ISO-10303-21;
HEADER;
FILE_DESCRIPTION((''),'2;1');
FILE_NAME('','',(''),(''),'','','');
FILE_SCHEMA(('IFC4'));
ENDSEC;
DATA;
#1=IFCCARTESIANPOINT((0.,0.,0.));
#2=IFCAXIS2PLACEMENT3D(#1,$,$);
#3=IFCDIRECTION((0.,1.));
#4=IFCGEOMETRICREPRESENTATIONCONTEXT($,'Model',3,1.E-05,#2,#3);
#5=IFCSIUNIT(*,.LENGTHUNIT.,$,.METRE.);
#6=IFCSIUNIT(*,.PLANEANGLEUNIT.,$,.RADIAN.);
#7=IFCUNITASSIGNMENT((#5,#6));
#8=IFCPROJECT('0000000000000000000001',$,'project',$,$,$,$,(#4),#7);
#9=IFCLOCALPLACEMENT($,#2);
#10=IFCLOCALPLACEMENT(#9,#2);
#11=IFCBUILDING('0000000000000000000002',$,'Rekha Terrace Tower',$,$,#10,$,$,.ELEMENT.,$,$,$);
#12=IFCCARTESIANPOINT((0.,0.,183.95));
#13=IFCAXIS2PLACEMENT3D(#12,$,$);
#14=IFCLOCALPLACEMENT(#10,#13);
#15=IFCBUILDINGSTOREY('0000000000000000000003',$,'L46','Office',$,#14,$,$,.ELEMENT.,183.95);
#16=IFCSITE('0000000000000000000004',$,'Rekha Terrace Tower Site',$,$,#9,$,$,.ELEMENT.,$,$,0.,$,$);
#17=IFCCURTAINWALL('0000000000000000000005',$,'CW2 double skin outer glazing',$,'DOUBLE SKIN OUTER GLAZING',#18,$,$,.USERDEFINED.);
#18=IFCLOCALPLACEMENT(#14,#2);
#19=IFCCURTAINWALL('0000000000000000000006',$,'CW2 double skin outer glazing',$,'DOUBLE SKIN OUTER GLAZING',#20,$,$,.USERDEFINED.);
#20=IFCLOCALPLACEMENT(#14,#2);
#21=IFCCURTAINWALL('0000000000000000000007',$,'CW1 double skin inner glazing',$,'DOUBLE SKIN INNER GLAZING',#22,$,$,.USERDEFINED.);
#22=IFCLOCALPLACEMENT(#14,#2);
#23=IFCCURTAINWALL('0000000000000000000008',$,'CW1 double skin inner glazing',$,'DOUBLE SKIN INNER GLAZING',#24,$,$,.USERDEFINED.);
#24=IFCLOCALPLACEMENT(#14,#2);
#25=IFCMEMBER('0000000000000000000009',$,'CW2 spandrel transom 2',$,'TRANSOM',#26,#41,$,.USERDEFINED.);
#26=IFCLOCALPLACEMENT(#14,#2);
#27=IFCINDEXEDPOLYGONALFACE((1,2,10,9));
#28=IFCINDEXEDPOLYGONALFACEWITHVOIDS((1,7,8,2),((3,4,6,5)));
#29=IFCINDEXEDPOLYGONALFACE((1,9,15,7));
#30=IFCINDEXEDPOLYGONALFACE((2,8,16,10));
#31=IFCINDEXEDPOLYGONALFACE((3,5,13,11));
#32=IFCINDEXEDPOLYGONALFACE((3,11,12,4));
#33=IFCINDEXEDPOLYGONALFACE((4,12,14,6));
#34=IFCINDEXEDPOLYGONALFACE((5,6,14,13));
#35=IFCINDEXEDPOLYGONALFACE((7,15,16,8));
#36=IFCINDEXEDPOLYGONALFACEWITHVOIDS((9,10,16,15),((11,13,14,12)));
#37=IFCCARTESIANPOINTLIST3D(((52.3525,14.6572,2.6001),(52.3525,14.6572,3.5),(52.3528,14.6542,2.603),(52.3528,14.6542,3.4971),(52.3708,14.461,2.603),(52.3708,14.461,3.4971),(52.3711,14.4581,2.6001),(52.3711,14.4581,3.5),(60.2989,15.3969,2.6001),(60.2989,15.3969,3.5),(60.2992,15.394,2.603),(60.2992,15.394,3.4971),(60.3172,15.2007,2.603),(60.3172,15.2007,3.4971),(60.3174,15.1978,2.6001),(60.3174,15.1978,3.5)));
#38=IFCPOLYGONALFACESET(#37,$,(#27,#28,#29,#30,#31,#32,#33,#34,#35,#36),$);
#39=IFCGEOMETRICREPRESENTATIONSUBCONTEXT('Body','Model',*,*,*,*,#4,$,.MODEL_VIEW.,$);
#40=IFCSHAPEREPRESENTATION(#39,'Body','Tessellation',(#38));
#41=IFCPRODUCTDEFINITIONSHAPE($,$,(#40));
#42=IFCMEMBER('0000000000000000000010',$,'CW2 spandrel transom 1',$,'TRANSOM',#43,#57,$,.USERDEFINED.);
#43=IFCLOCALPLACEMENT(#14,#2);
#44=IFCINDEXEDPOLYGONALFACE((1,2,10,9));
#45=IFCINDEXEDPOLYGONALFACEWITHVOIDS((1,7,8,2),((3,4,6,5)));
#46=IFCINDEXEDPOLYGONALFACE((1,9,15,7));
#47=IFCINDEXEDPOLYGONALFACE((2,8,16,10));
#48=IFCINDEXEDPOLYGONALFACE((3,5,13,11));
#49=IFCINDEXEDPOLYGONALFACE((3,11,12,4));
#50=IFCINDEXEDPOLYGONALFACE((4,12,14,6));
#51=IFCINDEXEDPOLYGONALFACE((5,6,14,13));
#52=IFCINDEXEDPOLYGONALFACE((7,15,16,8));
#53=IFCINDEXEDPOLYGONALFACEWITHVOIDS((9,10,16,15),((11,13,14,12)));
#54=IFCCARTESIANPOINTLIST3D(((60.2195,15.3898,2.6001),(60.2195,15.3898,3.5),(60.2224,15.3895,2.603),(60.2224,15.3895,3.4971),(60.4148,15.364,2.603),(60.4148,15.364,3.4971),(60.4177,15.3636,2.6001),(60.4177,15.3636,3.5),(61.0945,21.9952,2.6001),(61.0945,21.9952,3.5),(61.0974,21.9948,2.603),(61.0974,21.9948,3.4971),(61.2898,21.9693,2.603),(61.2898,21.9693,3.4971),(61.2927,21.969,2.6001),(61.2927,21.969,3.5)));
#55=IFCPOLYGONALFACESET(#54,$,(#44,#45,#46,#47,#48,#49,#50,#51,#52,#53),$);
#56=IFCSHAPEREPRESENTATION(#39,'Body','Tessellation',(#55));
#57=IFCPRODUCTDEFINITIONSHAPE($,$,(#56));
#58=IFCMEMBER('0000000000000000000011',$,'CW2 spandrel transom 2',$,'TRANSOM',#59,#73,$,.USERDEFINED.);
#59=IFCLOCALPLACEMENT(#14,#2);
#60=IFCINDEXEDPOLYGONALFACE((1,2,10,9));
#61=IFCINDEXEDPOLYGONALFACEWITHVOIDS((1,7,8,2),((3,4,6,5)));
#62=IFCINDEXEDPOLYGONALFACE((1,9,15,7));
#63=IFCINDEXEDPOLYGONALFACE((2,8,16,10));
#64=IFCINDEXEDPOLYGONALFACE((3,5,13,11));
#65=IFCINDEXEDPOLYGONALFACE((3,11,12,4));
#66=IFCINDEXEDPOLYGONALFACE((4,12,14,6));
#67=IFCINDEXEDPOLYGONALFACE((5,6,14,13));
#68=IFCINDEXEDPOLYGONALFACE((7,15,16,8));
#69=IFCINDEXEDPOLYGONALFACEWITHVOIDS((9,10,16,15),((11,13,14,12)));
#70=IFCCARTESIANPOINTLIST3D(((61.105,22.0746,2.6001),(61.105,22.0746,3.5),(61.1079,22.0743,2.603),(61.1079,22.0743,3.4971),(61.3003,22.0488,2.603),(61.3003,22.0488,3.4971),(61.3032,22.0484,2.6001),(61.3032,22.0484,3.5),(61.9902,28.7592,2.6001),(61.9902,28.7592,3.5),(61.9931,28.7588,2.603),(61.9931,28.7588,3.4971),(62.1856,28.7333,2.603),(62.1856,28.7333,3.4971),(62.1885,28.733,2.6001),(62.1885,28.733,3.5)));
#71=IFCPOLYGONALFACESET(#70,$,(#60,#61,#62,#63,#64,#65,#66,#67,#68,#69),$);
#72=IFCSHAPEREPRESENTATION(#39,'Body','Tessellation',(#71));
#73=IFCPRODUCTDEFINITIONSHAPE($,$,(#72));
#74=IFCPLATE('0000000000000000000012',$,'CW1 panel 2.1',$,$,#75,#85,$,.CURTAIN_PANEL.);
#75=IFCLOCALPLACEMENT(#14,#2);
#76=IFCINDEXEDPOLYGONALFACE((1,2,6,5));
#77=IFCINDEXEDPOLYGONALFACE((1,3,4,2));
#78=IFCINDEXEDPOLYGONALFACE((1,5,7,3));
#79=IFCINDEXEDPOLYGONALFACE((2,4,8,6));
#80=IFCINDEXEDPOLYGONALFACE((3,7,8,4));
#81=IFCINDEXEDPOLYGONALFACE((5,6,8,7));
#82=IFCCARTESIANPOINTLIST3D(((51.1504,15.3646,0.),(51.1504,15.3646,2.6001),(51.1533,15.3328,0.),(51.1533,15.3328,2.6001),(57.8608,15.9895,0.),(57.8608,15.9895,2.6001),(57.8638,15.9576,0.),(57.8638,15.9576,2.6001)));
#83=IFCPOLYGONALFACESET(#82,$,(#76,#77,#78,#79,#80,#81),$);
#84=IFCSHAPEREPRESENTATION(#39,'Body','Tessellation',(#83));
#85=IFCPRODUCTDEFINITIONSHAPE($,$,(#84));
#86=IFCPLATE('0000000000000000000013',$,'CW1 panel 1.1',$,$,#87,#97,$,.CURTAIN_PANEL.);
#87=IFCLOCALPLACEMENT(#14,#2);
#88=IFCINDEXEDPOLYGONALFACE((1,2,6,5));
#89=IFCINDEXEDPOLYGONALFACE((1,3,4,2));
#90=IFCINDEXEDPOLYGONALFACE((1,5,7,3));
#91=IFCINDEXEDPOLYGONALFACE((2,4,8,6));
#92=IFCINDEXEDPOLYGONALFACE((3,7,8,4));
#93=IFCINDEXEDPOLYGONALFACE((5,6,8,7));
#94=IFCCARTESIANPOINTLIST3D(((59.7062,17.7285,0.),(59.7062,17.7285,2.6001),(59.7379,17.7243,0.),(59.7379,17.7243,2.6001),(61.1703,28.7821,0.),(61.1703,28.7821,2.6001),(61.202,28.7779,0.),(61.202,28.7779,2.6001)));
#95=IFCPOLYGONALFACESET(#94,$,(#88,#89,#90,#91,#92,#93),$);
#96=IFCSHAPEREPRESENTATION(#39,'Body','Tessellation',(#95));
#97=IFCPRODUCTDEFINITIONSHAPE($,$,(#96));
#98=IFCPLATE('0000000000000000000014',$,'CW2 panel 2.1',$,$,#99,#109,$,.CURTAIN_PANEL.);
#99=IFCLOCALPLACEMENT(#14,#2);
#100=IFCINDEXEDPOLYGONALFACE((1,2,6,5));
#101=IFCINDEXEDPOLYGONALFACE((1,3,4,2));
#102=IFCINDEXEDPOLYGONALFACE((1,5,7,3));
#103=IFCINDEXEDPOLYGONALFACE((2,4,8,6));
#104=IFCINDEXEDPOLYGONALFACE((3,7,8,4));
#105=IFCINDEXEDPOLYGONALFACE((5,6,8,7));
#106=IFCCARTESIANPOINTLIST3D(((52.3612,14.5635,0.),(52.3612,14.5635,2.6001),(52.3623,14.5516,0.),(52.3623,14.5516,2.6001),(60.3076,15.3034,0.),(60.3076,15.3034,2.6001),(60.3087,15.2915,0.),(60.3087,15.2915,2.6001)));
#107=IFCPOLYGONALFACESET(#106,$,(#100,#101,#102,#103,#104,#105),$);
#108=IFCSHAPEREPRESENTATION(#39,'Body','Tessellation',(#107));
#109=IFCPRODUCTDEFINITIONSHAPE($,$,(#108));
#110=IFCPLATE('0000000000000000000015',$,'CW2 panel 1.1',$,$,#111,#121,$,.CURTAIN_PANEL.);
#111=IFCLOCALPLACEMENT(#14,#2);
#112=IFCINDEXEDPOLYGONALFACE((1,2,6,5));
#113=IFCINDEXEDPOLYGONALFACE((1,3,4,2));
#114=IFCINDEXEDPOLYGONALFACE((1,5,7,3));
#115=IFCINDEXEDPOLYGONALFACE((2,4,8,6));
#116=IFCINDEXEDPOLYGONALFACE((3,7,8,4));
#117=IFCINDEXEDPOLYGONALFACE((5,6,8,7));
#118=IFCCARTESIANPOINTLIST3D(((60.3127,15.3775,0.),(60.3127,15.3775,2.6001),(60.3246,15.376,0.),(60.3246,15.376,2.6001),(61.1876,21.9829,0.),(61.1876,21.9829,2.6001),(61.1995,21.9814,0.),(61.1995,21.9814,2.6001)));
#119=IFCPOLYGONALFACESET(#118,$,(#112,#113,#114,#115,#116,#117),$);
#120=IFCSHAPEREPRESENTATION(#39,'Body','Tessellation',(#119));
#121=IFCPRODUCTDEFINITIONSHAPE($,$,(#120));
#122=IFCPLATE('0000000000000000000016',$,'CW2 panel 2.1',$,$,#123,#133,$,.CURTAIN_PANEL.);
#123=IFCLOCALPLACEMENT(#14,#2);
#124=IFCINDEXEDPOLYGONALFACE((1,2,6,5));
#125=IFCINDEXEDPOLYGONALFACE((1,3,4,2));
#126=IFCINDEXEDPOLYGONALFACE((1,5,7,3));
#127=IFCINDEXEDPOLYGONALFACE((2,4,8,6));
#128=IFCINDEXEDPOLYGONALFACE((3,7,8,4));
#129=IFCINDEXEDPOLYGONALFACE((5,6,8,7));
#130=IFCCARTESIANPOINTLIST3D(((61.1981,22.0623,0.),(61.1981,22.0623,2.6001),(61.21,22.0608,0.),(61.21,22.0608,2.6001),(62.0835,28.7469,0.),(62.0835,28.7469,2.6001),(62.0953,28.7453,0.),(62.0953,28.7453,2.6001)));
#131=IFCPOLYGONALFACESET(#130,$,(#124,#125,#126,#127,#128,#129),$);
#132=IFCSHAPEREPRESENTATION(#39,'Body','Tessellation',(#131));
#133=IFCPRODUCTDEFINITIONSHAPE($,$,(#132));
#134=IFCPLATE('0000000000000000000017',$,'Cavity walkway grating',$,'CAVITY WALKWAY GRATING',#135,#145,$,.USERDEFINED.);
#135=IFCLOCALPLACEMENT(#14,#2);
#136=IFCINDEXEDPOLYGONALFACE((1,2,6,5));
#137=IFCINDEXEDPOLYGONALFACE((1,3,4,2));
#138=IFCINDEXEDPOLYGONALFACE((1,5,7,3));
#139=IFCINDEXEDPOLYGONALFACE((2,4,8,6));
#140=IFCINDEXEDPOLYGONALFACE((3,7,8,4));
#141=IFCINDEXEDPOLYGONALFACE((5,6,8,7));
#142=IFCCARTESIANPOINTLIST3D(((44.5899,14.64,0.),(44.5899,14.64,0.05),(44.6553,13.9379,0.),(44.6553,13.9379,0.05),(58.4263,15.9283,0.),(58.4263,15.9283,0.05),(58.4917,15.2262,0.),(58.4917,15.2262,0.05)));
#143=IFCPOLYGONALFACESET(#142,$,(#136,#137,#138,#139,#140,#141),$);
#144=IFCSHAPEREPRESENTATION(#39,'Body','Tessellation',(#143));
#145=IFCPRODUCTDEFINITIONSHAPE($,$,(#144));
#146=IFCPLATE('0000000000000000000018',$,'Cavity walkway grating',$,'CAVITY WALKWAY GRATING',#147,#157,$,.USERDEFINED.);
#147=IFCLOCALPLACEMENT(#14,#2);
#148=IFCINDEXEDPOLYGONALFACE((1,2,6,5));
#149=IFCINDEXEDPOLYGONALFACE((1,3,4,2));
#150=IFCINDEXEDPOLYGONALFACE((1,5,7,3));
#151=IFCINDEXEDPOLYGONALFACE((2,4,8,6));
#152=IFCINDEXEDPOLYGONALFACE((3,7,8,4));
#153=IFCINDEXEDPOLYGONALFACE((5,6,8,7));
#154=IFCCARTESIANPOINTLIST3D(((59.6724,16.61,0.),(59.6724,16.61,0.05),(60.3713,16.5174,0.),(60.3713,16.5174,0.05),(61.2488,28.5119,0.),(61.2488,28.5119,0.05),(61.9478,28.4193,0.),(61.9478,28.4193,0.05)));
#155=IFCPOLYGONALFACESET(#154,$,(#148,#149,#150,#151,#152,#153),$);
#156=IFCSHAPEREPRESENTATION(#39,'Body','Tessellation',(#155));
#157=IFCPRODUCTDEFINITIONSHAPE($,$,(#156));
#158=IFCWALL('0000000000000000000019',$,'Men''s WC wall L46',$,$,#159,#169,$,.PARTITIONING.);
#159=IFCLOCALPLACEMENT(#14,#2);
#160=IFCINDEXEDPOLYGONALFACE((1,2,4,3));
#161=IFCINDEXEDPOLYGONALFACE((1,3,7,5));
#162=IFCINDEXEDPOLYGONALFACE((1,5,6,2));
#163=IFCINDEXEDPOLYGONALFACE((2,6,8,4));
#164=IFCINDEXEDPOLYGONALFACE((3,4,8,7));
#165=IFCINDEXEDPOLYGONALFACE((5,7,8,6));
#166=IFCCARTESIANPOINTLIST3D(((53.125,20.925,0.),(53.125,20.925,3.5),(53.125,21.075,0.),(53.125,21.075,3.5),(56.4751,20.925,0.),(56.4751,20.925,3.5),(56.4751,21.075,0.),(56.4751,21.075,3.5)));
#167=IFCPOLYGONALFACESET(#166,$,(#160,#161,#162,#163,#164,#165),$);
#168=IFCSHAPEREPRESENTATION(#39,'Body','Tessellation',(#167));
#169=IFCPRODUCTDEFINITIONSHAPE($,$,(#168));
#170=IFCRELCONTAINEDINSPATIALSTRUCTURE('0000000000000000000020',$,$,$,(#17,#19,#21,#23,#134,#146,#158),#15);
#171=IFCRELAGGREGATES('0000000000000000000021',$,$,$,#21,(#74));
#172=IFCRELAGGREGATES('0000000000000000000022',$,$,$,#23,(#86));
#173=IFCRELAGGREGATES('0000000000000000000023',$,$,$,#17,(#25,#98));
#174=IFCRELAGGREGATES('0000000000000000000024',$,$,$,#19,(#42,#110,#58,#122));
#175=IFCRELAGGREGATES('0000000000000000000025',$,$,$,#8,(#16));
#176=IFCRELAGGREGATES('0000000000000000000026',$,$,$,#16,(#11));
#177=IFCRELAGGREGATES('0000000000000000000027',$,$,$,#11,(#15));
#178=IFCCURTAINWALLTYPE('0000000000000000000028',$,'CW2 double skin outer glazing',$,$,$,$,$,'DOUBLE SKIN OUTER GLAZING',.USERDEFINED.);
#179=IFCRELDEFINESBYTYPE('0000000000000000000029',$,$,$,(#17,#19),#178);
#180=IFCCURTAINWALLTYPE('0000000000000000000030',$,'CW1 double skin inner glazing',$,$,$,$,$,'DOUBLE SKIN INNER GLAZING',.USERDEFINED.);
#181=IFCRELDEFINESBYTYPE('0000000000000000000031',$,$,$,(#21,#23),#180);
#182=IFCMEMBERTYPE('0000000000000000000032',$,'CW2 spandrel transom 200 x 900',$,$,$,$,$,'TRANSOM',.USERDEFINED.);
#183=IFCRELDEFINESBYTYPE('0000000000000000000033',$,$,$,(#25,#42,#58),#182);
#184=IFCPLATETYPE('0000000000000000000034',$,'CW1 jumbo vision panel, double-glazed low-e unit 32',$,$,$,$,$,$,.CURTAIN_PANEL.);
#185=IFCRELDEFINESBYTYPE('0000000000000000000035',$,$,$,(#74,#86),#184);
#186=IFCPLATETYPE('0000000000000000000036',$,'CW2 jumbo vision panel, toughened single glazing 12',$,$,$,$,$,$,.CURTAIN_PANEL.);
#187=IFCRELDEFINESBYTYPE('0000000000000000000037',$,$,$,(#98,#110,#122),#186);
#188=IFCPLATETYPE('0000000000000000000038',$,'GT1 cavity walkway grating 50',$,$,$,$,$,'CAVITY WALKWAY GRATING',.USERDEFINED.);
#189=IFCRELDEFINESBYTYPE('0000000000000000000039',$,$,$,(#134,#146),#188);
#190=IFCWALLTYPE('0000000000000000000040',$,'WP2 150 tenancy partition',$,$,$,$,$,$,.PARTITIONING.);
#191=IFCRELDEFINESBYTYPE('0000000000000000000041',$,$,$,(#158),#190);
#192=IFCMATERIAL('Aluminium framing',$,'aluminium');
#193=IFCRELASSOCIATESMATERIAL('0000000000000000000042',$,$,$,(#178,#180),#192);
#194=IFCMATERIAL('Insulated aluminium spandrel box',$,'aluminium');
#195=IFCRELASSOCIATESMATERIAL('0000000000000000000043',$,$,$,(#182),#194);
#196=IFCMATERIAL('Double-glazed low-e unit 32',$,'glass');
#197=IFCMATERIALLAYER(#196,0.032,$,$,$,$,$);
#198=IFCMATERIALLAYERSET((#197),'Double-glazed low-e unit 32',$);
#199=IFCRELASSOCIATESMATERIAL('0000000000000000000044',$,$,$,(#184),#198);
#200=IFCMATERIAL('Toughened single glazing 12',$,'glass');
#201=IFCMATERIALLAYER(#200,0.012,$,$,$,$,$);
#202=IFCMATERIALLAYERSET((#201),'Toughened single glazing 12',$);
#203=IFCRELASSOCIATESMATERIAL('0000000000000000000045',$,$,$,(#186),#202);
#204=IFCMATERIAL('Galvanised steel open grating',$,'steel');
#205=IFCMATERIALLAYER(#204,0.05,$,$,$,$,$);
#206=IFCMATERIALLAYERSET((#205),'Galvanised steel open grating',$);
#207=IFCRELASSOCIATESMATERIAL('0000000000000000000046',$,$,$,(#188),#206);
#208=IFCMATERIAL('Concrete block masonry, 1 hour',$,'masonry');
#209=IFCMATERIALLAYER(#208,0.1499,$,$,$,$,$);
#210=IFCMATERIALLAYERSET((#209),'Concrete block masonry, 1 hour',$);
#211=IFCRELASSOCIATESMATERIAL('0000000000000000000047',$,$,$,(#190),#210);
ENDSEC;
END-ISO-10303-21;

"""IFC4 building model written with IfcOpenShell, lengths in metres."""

from ifc_helpers import new_model, si_unit, direction, frame, frame_2d, origin, origin_2d, place, context, subcontext, project, spatial, rectangle, hollow_rectangle, extrude, material, layer, layer_set, material_profile, profile_set, type_object, element, aggregate, save


model = new_model("IFC4")

# Units and contexts
model_context = context("Model", 3, precision=1e-05, world=origin(), true_north=direction((0.0, 1.0)))
body_context = subcontext(model_context, "Body", "Model", "MODEL_VIEW")
ifc_project = project(units=[si_unit("LENGTHUNIT", "METRE"), si_unit("PLANEANGLEUNIT", "RADIAN")], contexts=[model_context])

# Site, building, storey
site_placement = place(None, origin())
site = spatial("IfcSite", under=ifc_project, at=site_placement, Name="Rekha Terrace Tower Site", CompositionType="ELEMENT", RefElevation=0.0)
building_placement = place(site_placement, origin())
building = spatial("IfcBuilding", under=site, at=building_placement, Name="Rekha Terrace Tower", CompositionType="ELEMENT")
storey_placement = place(building_placement, frame((0.0, 0.0, 183.95)))
storey = spatial("IfcBuildingStorey", under=building, at=storey_placement, Name="L46", Description="Office", CompositionType="ELEMENT", Elevation=183.95)

# Curtain walls
ifc_material_1 = material(Name="Aluminium framing", Category="aluminium")
curtain_wall_type_1 = type_object("IfcCurtainWallType", Name="CW2 double skin outer glazing", ElementType="DOUBLE SKIN OUTER GLAZING", PredefinedType="USERDEFINED", material=ifc_material_1)
curtain_wall_1_placement = place(storey_placement, origin())
curtain_wall_1 = element("IfcCurtainWall", 1, at=curtain_wall_1_placement, inside=storey, type_object=curtain_wall_type_1, Name="CW2 double skin outer glazing", ObjectType="DOUBLE SKIN OUTER GLAZING", PredefinedType="USERDEFINED")
curtain_wall_2_placement = place(storey_placement, origin())
curtain_wall_2 = element("IfcCurtainWall", 2, at=curtain_wall_2_placement, inside=storey, type_object=curtain_wall_type_1, Name="CW2 double skin outer glazing", ObjectType="DOUBLE SKIN OUTER GLAZING", PredefinedType="USERDEFINED")
curtain_wall_type_2 = type_object("IfcCurtainWallType", Name="CW1 double skin inner glazing", ElementType="DOUBLE SKIN INNER GLAZING", PredefinedType="USERDEFINED", material=ifc_material_1)
curtain_wall_3_placement = place(storey_placement, origin())
curtain_wall_3 = element("IfcCurtainWall", 3, at=curtain_wall_3_placement, inside=storey, type_object=curtain_wall_type_2, Name="CW1 double skin inner glazing", ObjectType="DOUBLE SKIN INNER GLAZING", PredefinedType="USERDEFINED")
curtain_wall_4_placement = place(storey_placement, origin())
curtain_wall_4 = element("IfcCurtainWall", 4, at=curtain_wall_4_placement, inside=storey, type_object=curtain_wall_type_2, Name="CW1 double skin inner glazing", ObjectType="DOUBLE SKIN INNER GLAZING", PredefinedType="USERDEFINED")

# Members
ifc_material_2 = material(Name="Insulated aluminium spandrel box", Category="aluminium")
ifc_material_profile_1 = material_profile(ifc_material_2, hollow_rectangle(XDim=0.2, YDim=0.8999, WallThickness=0.0029, at=origin_2d()), Name="AL SPANDREL BOX 200x900")
ifc_profile_set_1 = profile_set([ifc_material_profile_1], Name="Insulated aluminium spandrel box")
member_type_1 = type_object("IfcMemberType", Name="CW2 spandrel transom 200 x 900", ElementType="TRANSOM", PredefinedType="USERDEFINED", material=ifc_profile_set_1)
member_1_placement = place(storey_placement, frame((52.3618, 14.5576, 3.05), z_axis=(0.995695, 0.092692, 0.0), x_axis=(-0.092692, 0.995695, 0.0)))
member_1 = element("IfcMember", 5, at=member_1_placement, type_object=member_type_1, Name="CW2 spandrel transom 2", ObjectType="TRANSOM", PredefinedType="USERDEFINED", context=body_context, shape_type="SweptSolid", body=[
    extrude(hollow_rectangle(XDim=0.2, YDim=0.8999, WallThickness=0.0029, at=origin_2d()), origin(), (0.0, 0.0, 1.0), 7.9807),
])
member_2_placement = place(storey_placement, frame((60.3186, 15.3767, 3.05), z_axis=(0.131319, 0.99134, 0.0), x_axis=(-0.99134, 0.131319, 0.0)))
member_2 = element("IfcMember", 6, at=member_2_placement, type_object=member_type_1, Name="CW2 spandrel transom 1", ObjectType="TRANSOM", PredefinedType="USERDEFINED", context=body_context, shape_type="SweptSolid", body=[
    extrude(hollow_rectangle(XDim=0.2, YDim=0.8999, WallThickness=0.0029, at=origin_2d()), origin(), (0.0, 0.0, 1.0), 6.6631),
])
member_3_placement = place(storey_placement, frame((61.2041, 22.0615, 3.05), z_axis=(0.131286, 0.991345, 0.0), x_axis=(-0.991345, 0.131286, 0.0)))
member_3 = element("IfcMember", 7, at=member_3_placement, type_object=member_type_1, Name="CW2 spandrel transom 2", ObjectType="TRANSOM", PredefinedType="USERDEFINED", context=body_context, shape_type="SweptSolid", body=[
    extrude(hollow_rectangle(XDim=0.2, YDim=0.8999, WallThickness=0.0029, at=origin_2d()), origin(), (0.0, 0.0, 1.0), 6.7429),
])

# Plates
ifc_material_3 = material(Name="Double-glazed low-e unit 32", Category="glass")
ifc_layer_1 = layer(ifc_material_3, 0.032)
ifc_layer_set_1 = layer_set([ifc_layer_1], Name="Double-glazed low-e unit 32")
plate_type_1 = type_object("IfcPlateType", Name="CW1 jumbo vision panel, double-glazed low-e unit 32", PredefinedType="CURTAIN_PANEL", material=ifc_layer_set_1)
plate_1_placement = place(storey_placement, frame((54.5071, 15.6611, 0.0), z_axis=(0.0, 0.0, 1.0), x_axis=(0.995693, 0.092709, 0.0)))
plate_1 = element("IfcPlate", 8, at=plate_1_placement, type_object=plate_type_1, Name="CW1 panel 2.1", PredefinedType="CURTAIN_PANEL", context=body_context, shape_type="SweptSolid", body=[
    extrude(rectangle(XDim=6.7395, YDim=0.032, at=origin_2d()), origin(), (0.0, 0.0, 1.0), 2.6001),
])
aggregate(curtain_wall_3, [plate_1])
plate_2_placement = place(storey_placement, frame((60.4541, 23.2532, 0.0), z_axis=(0.0, 0.0, 1.0), x_axis=(0.131304, 0.991342, 0.0)))
plate_2 = element("IfcPlate", 9, at=plate_2_placement, type_object=plate_type_1, Name="CW1 panel 1.1", PredefinedType="CURTAIN_PANEL", context=body_context, shape_type="SweptSolid", body=[
    extrude(rectangle(XDim=11.1501, YDim=0.032, at=origin_2d()), origin(), (0.0, 0.0, 1.0), 2.6001),
])
aggregate(curtain_wall_4, [plate_2])
ifc_material_4 = material(Name="Toughened single glazing 12", Category="glass")
ifc_layer_2 = layer(ifc_material_4, 0.012)
ifc_layer_set_2 = layer_set([ifc_layer_2], Name="Toughened single glazing 12")
plate_type_2 = type_object("IfcPlateType", Name="CW2 jumbo vision panel, toughened single glazing 12", PredefinedType="CURTAIN_PANEL", material=ifc_layer_set_2)
plate_3_placement = place(storey_placement, frame((56.335, 14.9275, 0.0), z_axis=(0.0, 0.0, 1.0), x_axis=(0.995693, 0.092709, 0.0)))
plate_3 = element("IfcPlate", 10, at=plate_3_placement, type_object=plate_type_2, Name="CW2 panel 2.1", PredefinedType="CURTAIN_PANEL", context=body_context, shape_type="SweptSolid", body=[
    extrude(rectangle(XDim=7.9807, YDim=0.012, at=origin_2d()), origin(), (0.0, 0.0, 1.0), 2.6001),
])
aggregate(curtain_wall_1, [member_1, plate_3])
plate_4_placement = place(storey_placement, frame((60.7561, 18.6794, 0.0), z_axis=(0.0, 0.0, 1.0), x_axis=(0.131304, 0.991342, 0.0)))
plate_4 = element("IfcPlate", 11, at=plate_4_placement, type_object=plate_type_2, Name="CW2 panel 1.1", PredefinedType="CURTAIN_PANEL", context=body_context, shape_type="SweptSolid", body=[
    extrude(rectangle(XDim=6.6631, YDim=0.012, at=origin_2d()), origin(), (0.0, 0.0, 1.0), 2.6001),
])
plate_5_placement = place(storey_placement, frame((61.6467, 25.4038, 0.0), z_axis=(0.0, 0.0, 1.0), x_axis=(0.131304, 0.991342, 0.0)))
plate_5 = element("IfcPlate", 12, at=plate_5_placement, type_object=plate_type_2, Name="CW2 panel 2.1", PredefinedType="CURTAIN_PANEL", context=body_context, shape_type="SweptSolid", body=[
    extrude(rectangle(XDim=6.7429, YDim=0.012, at=origin_2d()), origin(), (0.0, 0.0, 1.0), 2.6001),
])
aggregate(curtain_wall_2, [member_2, plate_4, member_3, plate_5])

# Plates
ifc_material_5 = material(Name="Galvanised steel open grating", Category="steel")
ifc_layer_3 = layer(ifc_material_5, 0.05)
ifc_layer_set_3 = layer_set([ifc_layer_3], Name="Galvanised steel open grating")
plate_type_3 = type_object("IfcPlateType", Name="GT1 cavity walkway grating 50", ElementType="CAVITY WALKWAY GRATING", PredefinedType="USERDEFINED", material=ifc_layer_set_3)
plate_6_placement = place(storey_placement, frame((51.5408, 14.9331, 0.0), z_axis=(0.0, 0.0, 1.0), x_axis=(0.995693, 0.092709, 0.0)))
element("IfcPlate", 13, at=plate_6_placement, inside=storey, type_object=plate_type_3, Name="Cavity walkway grating", ObjectType="CAVITY WALKWAY GRATING", PredefinedType="USERDEFINED", context=body_context, shape_type="SweptSolid", body=[
    extrude(rectangle(XDim=13.8962, YDim=0.7051, at=origin_2d()), origin(), (0.0, 0.0, 1.0), 0.05),
])
plate_7_placement = place(storey_placement, frame((60.8101, 22.5146, 0.0), z_axis=(0.0, 0.0, 1.0), x_axis=(0.131304, 0.991342, 0.0)))
element("IfcPlate", 14, at=plate_7_placement, inside=storey, type_object=plate_type_3, Name="Cavity walkway grating", ObjectType="CAVITY WALKWAY GRATING", PredefinedType="USERDEFINED", context=body_context, shape_type="SweptSolid", body=[
    extrude(rectangle(XDim=12.0059, YDim=0.7051, at=origin_2d()), origin(), (0.0, 0.0, 1.0), 0.05),
])

# Wall
ifc_material_6 = material(Name="Concrete block masonry, 1 hour", Category="masonry")
ifc_layer_4 = layer(ifc_material_6, 0.1499)
ifc_layer_set_4 = layer_set([ifc_layer_4], Name="Concrete block masonry, 1 hour")
wall_type_1 = type_object("IfcWallType", Name="WP2 150 tenancy partition", PredefinedType="PARTITIONING", material=ifc_layer_set_4)
wall_1_placement = place(storey_placement, frame((53.125, 21.0, 0.0), z_axis=(0.0, 0.0, 1.0), x_axis=(1.0, 0.0, 0.0)))
element("IfcWall", 15, at=wall_1_placement, inside=storey, type_object=wall_type_1, Name="Men's WC wall L46", PredefinedType="PARTITIONING", context=body_context, shape_type="SweptSolid", body=[
    extrude(rectangle(XDim=3.3501, YDim=0.1499, at=frame_2d((1.675, 0.0))), origin(), (0.0, 0.0, 1.0), 3.5),
])

save(model, "model.ifc")
